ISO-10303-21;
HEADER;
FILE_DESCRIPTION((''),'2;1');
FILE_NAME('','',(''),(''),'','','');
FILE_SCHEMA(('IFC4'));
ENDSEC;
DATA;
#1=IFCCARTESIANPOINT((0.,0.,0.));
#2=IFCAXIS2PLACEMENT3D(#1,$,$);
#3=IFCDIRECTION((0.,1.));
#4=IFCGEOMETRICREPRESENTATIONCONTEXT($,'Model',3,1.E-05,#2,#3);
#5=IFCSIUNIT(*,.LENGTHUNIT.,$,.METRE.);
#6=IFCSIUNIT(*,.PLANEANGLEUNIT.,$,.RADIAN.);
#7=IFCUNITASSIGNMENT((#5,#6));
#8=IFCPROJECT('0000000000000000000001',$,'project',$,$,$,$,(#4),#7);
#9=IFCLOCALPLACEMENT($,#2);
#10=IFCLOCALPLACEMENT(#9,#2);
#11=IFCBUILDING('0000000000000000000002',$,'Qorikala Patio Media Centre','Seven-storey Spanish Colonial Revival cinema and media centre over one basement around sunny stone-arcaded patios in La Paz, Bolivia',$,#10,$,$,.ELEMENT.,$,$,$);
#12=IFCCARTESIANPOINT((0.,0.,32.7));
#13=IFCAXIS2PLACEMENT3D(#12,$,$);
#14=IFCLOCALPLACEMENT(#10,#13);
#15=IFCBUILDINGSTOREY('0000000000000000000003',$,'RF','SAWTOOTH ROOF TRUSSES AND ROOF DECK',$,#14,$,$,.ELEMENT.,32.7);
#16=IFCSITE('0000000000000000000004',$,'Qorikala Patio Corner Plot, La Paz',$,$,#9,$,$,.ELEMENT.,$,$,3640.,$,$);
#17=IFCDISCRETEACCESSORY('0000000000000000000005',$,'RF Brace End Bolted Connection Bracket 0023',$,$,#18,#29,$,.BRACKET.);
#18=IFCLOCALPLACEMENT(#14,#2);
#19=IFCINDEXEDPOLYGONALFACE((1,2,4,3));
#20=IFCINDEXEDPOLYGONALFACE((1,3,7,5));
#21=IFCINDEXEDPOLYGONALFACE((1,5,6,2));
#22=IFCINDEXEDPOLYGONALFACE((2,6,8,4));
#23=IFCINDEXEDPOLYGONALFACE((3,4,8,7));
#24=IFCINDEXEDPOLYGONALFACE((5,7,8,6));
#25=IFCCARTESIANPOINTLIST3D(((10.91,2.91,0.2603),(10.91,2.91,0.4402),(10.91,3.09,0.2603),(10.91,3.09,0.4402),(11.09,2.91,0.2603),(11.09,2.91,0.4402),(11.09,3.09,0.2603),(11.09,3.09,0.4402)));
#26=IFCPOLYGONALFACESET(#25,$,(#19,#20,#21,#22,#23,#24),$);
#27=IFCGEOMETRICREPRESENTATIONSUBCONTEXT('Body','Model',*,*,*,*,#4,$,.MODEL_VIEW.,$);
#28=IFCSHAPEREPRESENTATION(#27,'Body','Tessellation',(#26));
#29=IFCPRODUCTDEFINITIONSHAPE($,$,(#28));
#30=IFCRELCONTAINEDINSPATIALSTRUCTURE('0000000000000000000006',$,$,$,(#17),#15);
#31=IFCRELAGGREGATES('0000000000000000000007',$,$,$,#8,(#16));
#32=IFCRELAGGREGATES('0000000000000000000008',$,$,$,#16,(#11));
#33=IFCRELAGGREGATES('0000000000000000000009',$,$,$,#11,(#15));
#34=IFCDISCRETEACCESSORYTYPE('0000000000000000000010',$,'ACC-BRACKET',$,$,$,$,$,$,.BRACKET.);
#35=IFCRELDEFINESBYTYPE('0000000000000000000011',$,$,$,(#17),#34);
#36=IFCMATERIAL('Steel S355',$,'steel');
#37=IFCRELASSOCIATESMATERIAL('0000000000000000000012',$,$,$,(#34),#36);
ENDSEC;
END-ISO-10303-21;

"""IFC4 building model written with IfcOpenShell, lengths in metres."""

from ifc_helpers import new_model, si_unit, direction, frame, origin, origin_2d, place, context, subcontext, project, spatial, rectangle, extrude, material, type_object, element, save


model = new_model("IFC4")

# Units and contexts
model_context = context("Model", 3, precision=1e-05, world=origin(), true_north=direction((0.0, 1.0)))
body_context = subcontext(model_context, "Body", "Model", "MODEL_VIEW")
ifc_project = project(units=[si_unit("LENGTHUNIT", "METRE"), si_unit("PLANEANGLEUNIT", "RADIAN")], contexts=[model_context])

# Site, building, storey
site_placement = place(None, origin())
site = spatial("IfcSite", under=ifc_project, at=site_placement, Name="Qorikala Patio Corner Plot, La Paz", CompositionType="ELEMENT", RefElevation=3640.0)
building_placement = place(site_placement, origin())
building = spatial("IfcBuilding", under=site, at=building_placement, Name="Qorikala Patio Media Centre", Description="Seven-storey Spanish Colonial Revival cinema and media centre over one basement around sunny stone-arcaded patios in La Paz, Bolivia", CompositionType="ELEMENT")
storey_placement = place(building_placement, frame((0.0, 0.0, 32.7)))
storey = spatial("IfcBuildingStorey", under=building, at=storey_placement, Name="RF", Description="SAWTOOTH ROOF TRUSSES AND ROOF DECK", CompositionType="ELEMENT", Elevation=32.7)

# Shared definitions
ifc_material_1 = material(Name="Steel S355", Category="steel")

# Discrete accessory
discrete_accessory_type = type_object("IfcDiscreteAccessoryType", Name="ACC-BRACKET", PredefinedType="BRACKET", material=ifc_material_1)
discrete_accessory_placement = place(storey_placement, frame((11.0, 3.0, 0.2603), z_axis=(0.0, 0.0, 1.0), x_axis=(1.0, 0.0, 0.0)))
element("IfcDiscreteAccessory", 1, at=discrete_accessory_placement, inside=storey, type_object=discrete_accessory_type, Name="RF Brace End Bolted Connection Bracket 0023", PredefinedType="BRACKET", context=body_context, shape_type="SweptSolid", body=[
    extrude(rectangle(XDim=0.1799, YDim=0.1799, at=origin_2d()), origin(), (0.0, 0.0, 1.0), 0.1799),
])

save(model, "model.ifc")
